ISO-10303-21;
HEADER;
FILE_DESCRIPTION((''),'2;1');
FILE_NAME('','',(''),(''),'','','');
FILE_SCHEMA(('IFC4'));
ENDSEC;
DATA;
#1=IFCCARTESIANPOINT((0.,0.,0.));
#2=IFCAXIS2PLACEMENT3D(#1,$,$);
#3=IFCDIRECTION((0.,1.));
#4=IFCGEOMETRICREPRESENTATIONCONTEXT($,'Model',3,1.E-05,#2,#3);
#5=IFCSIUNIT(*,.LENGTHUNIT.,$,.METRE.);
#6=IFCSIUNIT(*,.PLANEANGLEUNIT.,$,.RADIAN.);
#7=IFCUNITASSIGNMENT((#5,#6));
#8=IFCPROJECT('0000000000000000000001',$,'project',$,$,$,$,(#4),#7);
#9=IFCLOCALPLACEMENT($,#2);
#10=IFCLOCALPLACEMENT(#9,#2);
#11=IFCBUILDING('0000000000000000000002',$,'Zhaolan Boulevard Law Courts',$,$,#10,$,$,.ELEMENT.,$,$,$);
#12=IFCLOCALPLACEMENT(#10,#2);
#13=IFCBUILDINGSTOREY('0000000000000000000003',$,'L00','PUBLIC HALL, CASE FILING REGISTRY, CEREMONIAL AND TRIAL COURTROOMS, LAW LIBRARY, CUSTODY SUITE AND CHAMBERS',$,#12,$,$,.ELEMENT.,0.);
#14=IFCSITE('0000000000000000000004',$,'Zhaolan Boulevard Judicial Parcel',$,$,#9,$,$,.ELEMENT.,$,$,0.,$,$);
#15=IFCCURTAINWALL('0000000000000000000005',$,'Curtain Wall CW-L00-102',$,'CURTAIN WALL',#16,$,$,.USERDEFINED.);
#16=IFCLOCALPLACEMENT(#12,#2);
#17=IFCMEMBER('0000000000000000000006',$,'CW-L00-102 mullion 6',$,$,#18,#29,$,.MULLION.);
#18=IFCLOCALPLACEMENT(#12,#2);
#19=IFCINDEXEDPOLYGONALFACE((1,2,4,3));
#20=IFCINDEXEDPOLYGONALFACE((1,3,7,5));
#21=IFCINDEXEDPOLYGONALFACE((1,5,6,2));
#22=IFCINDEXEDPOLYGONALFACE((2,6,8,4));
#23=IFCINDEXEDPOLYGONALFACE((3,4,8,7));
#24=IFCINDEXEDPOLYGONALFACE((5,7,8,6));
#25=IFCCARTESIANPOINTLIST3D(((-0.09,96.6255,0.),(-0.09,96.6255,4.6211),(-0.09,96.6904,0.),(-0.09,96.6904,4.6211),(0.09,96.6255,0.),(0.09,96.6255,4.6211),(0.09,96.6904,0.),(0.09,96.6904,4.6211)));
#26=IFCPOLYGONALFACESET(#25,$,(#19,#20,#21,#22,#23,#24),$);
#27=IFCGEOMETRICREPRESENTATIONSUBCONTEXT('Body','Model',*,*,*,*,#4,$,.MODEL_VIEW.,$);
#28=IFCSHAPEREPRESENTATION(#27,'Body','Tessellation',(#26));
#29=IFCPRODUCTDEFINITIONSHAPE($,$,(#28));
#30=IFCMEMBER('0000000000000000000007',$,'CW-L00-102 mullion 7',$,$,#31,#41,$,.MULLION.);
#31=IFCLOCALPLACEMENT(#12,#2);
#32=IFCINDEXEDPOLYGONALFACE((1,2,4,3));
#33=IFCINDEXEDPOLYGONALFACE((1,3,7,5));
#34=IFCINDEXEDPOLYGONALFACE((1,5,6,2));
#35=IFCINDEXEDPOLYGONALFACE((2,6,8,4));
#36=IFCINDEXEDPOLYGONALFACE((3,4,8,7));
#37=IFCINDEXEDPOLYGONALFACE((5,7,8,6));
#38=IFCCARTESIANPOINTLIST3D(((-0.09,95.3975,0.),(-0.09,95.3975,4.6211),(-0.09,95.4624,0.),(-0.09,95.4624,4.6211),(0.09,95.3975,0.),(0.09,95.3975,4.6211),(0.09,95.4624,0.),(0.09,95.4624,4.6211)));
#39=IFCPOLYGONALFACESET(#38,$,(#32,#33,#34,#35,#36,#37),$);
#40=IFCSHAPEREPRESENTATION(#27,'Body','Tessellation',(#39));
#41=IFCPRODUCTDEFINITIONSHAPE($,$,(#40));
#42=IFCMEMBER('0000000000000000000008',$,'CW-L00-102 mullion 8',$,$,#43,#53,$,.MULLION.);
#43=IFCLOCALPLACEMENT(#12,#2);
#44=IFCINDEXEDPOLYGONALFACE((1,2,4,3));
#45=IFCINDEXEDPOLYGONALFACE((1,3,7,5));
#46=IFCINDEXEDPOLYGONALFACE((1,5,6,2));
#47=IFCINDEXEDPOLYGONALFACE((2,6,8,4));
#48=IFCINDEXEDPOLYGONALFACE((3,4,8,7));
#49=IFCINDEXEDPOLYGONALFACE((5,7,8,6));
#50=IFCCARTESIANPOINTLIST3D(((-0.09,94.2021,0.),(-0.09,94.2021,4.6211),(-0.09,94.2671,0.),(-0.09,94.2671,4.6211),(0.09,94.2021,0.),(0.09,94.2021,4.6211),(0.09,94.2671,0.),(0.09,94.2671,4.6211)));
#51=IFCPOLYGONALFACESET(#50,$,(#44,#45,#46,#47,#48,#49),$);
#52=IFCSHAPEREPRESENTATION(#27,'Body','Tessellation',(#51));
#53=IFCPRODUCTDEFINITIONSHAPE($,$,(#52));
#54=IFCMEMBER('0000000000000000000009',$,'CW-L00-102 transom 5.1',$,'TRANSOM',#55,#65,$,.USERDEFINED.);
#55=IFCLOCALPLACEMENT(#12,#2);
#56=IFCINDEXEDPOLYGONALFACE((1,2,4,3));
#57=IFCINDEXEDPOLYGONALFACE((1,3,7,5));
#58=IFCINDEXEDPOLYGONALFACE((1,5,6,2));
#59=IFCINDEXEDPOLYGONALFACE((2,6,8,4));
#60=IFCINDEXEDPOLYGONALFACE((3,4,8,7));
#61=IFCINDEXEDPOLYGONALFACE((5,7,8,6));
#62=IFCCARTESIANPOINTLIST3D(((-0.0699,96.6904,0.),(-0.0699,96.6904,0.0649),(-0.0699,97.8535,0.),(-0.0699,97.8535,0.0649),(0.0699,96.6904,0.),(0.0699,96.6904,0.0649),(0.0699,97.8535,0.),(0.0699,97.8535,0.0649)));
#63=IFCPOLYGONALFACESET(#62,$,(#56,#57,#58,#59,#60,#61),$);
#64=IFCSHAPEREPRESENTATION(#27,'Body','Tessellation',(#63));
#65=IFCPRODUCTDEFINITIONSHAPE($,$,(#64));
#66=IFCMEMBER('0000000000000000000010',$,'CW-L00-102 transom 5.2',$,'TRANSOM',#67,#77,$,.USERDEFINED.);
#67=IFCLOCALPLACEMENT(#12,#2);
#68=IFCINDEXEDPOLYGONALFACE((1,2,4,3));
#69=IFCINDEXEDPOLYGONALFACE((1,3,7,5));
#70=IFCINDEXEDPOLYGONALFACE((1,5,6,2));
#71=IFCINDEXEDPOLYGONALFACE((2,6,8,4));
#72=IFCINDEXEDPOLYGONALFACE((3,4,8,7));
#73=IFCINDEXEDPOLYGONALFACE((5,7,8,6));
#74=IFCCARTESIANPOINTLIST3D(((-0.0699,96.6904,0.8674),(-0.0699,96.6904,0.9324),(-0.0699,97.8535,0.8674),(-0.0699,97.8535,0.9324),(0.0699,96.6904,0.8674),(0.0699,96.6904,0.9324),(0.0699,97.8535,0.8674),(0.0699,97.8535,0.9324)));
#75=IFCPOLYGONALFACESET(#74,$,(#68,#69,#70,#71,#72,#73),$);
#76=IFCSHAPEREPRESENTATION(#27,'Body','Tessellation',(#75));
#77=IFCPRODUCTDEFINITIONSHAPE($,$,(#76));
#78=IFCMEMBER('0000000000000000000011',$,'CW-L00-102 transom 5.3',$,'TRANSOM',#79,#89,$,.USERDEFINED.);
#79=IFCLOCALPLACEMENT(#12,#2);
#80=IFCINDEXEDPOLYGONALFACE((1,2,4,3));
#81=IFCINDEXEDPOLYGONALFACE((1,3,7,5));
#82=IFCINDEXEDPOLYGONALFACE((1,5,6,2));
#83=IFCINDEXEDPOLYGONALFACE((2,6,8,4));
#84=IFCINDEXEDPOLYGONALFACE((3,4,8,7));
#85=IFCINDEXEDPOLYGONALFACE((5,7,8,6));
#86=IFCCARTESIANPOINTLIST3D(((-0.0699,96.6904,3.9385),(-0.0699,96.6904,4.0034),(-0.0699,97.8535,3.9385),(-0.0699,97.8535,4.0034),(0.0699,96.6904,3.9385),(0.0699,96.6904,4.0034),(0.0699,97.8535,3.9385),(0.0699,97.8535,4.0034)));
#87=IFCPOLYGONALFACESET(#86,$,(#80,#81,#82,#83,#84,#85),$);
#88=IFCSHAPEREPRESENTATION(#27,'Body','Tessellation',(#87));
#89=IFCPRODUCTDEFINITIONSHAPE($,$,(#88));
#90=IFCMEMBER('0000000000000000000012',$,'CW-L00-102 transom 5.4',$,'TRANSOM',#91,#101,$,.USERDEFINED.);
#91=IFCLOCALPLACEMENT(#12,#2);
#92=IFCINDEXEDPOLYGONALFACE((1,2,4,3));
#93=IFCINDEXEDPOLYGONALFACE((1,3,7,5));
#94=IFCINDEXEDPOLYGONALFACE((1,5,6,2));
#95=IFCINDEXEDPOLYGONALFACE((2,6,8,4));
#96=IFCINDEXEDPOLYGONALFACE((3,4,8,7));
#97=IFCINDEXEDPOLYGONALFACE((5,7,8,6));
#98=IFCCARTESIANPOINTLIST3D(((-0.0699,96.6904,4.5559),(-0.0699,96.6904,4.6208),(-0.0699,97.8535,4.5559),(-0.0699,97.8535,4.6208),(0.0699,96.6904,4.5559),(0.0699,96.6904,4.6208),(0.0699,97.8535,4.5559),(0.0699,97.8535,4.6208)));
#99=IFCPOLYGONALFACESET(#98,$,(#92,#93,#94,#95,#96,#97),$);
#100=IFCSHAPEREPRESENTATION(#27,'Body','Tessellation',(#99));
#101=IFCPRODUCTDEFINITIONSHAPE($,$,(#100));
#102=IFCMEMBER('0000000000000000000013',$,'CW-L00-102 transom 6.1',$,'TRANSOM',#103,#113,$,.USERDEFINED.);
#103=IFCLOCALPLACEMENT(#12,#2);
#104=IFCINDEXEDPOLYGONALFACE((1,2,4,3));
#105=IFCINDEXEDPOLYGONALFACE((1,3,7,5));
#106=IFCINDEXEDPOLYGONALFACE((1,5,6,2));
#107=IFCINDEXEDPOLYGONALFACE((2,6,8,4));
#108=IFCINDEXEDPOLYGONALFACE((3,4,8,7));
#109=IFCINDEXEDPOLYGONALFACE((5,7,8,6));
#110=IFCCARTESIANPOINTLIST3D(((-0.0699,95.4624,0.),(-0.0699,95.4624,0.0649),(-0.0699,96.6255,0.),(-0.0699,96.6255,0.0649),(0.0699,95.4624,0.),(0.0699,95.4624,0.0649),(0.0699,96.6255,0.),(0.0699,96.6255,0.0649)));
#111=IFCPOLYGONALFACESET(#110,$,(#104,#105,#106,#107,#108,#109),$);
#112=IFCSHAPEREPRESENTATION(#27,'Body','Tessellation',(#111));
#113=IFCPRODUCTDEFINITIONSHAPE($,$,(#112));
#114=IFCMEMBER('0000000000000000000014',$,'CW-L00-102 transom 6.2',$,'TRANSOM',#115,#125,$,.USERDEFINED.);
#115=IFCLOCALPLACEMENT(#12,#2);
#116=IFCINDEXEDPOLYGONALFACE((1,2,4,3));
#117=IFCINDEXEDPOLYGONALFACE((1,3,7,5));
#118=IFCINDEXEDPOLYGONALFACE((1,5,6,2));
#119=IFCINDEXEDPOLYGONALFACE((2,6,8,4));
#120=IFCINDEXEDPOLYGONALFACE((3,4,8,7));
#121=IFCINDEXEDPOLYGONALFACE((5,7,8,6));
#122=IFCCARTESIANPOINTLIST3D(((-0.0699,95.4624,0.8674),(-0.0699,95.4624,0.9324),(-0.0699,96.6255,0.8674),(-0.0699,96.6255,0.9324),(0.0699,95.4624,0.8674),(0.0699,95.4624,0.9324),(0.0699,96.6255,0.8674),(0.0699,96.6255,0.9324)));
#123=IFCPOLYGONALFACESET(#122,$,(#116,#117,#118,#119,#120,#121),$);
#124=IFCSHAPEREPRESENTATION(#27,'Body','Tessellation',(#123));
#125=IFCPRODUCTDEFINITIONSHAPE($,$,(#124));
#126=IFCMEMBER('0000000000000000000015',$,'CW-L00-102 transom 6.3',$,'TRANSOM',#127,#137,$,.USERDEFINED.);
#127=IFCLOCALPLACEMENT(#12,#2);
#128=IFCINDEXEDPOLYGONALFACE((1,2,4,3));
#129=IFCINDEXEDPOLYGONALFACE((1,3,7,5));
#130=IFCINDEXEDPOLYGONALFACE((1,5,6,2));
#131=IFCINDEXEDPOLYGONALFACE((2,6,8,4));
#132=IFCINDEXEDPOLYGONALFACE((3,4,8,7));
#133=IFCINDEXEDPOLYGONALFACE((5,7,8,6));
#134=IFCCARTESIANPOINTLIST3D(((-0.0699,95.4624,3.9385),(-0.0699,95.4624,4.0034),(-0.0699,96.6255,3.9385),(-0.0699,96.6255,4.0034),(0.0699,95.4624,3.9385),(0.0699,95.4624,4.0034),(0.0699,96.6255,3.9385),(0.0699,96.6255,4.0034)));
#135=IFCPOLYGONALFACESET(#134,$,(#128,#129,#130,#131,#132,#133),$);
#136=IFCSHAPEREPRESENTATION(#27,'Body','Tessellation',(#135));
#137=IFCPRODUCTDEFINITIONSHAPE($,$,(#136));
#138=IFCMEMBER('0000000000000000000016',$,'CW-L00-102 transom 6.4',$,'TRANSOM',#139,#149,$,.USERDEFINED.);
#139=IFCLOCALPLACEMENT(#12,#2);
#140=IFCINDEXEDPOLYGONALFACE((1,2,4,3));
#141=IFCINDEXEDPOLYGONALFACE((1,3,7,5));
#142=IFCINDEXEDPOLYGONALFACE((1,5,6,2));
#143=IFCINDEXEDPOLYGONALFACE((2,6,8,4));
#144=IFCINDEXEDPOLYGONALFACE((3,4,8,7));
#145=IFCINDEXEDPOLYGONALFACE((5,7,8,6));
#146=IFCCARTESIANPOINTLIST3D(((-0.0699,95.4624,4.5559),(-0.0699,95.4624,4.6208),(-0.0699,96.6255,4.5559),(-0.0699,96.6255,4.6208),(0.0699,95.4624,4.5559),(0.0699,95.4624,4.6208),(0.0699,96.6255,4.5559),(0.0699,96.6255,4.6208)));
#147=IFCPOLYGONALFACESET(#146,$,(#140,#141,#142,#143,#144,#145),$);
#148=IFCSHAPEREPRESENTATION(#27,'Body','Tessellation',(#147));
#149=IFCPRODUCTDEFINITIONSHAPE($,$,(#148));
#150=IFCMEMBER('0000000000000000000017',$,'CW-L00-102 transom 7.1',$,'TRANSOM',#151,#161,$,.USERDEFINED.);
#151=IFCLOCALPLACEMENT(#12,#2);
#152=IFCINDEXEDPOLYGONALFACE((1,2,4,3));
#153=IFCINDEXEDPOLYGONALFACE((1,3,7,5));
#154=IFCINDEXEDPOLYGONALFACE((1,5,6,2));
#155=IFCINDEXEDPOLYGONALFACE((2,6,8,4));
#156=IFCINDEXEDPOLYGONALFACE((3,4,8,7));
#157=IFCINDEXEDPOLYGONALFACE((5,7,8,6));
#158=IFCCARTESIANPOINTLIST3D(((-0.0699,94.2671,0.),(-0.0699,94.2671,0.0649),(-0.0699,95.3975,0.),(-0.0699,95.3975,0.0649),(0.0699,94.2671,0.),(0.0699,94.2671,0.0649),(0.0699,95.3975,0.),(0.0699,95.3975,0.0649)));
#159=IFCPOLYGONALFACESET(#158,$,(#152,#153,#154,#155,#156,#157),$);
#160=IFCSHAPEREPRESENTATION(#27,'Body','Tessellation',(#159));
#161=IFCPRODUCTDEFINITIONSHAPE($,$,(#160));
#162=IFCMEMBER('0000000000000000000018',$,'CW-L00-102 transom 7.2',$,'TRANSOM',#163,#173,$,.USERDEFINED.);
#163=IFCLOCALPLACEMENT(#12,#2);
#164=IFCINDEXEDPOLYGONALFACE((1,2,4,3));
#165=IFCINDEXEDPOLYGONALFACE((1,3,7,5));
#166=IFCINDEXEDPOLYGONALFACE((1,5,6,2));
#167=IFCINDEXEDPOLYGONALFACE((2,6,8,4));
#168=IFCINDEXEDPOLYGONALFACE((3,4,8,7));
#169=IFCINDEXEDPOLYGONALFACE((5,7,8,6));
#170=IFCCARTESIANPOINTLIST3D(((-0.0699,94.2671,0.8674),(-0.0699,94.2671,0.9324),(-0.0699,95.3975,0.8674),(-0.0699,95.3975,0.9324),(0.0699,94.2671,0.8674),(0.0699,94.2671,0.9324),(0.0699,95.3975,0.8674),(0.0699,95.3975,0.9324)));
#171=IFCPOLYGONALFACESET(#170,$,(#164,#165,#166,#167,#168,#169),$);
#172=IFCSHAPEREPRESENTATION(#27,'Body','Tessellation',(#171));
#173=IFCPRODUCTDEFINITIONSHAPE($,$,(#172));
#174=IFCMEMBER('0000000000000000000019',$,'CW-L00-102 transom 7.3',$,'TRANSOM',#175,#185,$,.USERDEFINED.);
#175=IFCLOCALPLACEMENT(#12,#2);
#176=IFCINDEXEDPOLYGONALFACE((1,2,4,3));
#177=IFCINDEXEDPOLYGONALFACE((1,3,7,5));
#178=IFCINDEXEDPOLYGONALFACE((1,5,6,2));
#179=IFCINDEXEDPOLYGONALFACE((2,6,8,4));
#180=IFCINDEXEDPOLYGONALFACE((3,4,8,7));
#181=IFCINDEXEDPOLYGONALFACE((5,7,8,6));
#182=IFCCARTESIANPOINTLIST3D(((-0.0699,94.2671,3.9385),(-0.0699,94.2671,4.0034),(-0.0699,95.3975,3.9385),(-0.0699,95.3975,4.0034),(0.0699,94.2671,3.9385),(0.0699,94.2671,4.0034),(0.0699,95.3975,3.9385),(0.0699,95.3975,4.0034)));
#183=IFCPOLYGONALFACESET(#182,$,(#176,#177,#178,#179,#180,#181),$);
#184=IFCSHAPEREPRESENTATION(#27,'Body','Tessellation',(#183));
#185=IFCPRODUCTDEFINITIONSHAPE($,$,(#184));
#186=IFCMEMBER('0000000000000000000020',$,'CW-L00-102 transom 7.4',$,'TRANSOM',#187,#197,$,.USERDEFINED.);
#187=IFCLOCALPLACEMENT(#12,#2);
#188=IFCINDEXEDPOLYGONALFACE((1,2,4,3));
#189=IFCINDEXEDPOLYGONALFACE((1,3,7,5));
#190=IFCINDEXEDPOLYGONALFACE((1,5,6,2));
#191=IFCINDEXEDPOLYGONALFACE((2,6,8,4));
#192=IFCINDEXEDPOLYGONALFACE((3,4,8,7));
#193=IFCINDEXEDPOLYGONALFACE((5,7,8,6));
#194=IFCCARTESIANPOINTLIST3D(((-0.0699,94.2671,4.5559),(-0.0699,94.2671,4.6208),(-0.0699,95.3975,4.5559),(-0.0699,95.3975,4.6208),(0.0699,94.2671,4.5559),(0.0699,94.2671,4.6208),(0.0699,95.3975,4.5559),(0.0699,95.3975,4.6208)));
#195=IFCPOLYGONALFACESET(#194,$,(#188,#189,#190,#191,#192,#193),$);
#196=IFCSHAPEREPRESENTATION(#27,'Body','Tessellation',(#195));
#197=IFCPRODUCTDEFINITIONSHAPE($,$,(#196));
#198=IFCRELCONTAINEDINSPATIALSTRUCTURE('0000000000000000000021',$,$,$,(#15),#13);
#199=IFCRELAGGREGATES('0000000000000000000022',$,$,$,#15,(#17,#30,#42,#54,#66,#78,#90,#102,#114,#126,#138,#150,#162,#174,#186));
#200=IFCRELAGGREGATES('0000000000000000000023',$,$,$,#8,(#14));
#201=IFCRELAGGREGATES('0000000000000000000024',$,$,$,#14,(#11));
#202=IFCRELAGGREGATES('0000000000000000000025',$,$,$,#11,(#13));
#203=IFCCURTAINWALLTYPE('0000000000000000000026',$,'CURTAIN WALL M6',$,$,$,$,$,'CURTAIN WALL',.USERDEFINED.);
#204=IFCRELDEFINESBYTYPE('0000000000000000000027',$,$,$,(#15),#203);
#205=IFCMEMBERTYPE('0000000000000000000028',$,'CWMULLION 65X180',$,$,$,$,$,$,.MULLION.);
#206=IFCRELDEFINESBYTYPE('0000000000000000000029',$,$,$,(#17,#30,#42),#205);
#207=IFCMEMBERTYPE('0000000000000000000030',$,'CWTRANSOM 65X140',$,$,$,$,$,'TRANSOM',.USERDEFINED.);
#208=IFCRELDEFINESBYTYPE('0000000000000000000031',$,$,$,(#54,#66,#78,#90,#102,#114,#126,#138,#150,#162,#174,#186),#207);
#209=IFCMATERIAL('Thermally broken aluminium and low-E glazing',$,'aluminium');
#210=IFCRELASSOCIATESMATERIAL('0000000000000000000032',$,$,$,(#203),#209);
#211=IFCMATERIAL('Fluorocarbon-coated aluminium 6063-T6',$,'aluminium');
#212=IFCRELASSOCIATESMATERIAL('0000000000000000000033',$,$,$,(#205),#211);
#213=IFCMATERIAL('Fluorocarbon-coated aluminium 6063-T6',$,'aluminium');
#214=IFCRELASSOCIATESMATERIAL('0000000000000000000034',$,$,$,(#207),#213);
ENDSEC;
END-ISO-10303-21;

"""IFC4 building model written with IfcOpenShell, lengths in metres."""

from ifc_helpers import new_model, si_unit, direction, frame, origin, origin_2d, place, context, subcontext, project, spatial, rectangle, extrude, material, material_profile, profile_set, type_object, element, aggregate, save


model = new_model("IFC4")

# Units and contexts
model_context = context("Model", 3, precision=1e-05, world=origin(), true_north=direction((0.0, 1.0)))
body_context = subcontext(model_context, "Body", "Model", "MODEL_VIEW")
ifc_project = project(units=[si_unit("LENGTHUNIT", "METRE"), si_unit("PLANEANGLEUNIT", "RADIAN")], contexts=[model_context])

# Site, building, storey
site_placement = place(None, origin())
site = spatial("IfcSite", under=ifc_project, at=site_placement, Name="Zhaolan Boulevard Judicial Parcel", CompositionType="ELEMENT", RefElevation=0.0)
building_placement = place(site_placement, origin())
building = spatial("IfcBuilding", under=site, at=building_placement, Name="Zhaolan Boulevard Law Courts", CompositionType="ELEMENT")
storey_placement = place(building_placement, origin())
storey = spatial("IfcBuildingStorey", under=building, at=storey_placement, Name="L00", Description="PUBLIC HALL, CASE FILING REGISTRY, CEREMONIAL AND TRIAL COURTROOMS, LAW LIBRARY, CUSTODY SUITE AND CHAMBERS", CompositionType="ELEMENT", Elevation=0.0)

# Curtain wall, members
ifc_material_1 = material(Name="Thermally broken aluminium and low-E glazing", Category="aluminium")
curtain_wall_type = type_object("IfcCurtainWallType", Name="CURTAIN WALL M6", ElementType="CURTAIN WALL", PredefinedType="USERDEFINED", material=ifc_material_1)
curtain_wall_placement = place(storey_placement, origin())
curtain_wall = element("IfcCurtainWall", 1, at=curtain_wall_placement, inside=storey, type_object=curtain_wall_type, Name="Curtain Wall CW-L00-102", ObjectType="CURTAIN WALL", PredefinedType="USERDEFINED")
ifc_material_2 = material(Name="Fluorocarbon-coated aluminium 6063-T6", Category="aluminium")
ifc_material_profile_1 = material_profile(ifc_material_2, rectangle(XDim=0.1799, YDim=0.0649, at=origin_2d()), Name="AL65x180")
ifc_profile_set_1 = profile_set([ifc_material_profile_1], Name="Fluorocarbon-coated aluminium 6063-T6")
member_type_1 = type_object("IfcMemberType", Name="CWMULLION 65X180", PredefinedType="MULLION", material=ifc_profile_set_1)
member_1_placement = place(storey_placement, frame((0.0, 96.658, 0.0), z_axis=(0.0, 0.0, 1.0), x_axis=(1.0, 0.0, 0.0)))
member_1 = element("IfcMember", 2, at=member_1_placement, type_object=member_type_1, Name="CW-L00-102 mullion 6", PredefinedType="MULLION", context=body_context, shape_type="SweptSolid", body=[
    extrude(rectangle(XDim=0.1799, YDim=0.0649, at=origin_2d()), origin(), (0.0, 0.0, 1.0), 4.6211),
])
member_2_placement = place(storey_placement, frame((0.0, 95.4299, 0.0), z_axis=(0.0, 0.0, 1.0), x_axis=(1.0, 0.0, 0.0)))
member_2 = element("IfcMember", 3, at=member_2_placement, type_object=member_type_1, Name="CW-L00-102 mullion 7", PredefinedType="MULLION", context=body_context, shape_type="SweptSolid", body=[
    extrude(rectangle(XDim=0.1799, YDim=0.0649, at=origin_2d()), origin(), (0.0, 0.0, 1.0), 4.6211),
])
member_3_placement = place(storey_placement, frame((0.0, 94.2346, 0.0), z_axis=(0.0, 0.0, 1.0), x_axis=(1.0, 0.0, 0.0)))
member_3 = element("IfcMember", 4, at=member_3_placement, type_object=member_type_1, Name="CW-L00-102 mullion 8", PredefinedType="MULLION", context=body_context, shape_type="SweptSolid", body=[
    extrude(rectangle(XDim=0.1799, YDim=0.0649, at=origin_2d()), origin(), (0.0, 0.0, 1.0), 4.6211),
])
ifc_material_3 = material(Name="Fluorocarbon-coated aluminium 6063-T6", Category="aluminium")
ifc_material_profile_2 = material_profile(ifc_material_3, rectangle(XDim=0.1399, YDim=0.0649, at=origin_2d()), Name="AL65x140")
ifc_profile_set_2 = profile_set([ifc_material_profile_2], Name="Fluorocarbon-coated aluminium 6063-T6")
member_type_2 = type_object("IfcMemberType", Name="CWTRANSOM 65X140", ElementType="TRANSOM", PredefinedType="USERDEFINED", material=ifc_profile_set_2)
member_4_placement = place(storey_placement, frame((0.0, 97.8535, 0.0325), z_axis=(0.0, -1.0, 0.0), x_axis=(1.0, 0.0, 0.0)))
member_4 = element("IfcMember", 5, at=member_4_placement, type_object=member_type_2, Name="CW-L00-102 transom 5.1", ObjectType="TRANSOM", PredefinedType="USERDEFINED", context=body_context, shape_type="SweptSolid", body=[
    extrude(rectangle(XDim=0.1399, YDim=0.0649, at=origin_2d()), origin(), (0.0, 0.0, 1.0), 1.1631),
])
member_5_placement = place(storey_placement, frame((0.0, 97.8535, 0.8999), z_axis=(0.0, -1.0, 0.0), x_axis=(1.0, 0.0, 0.0)))
member_5 = element("IfcMember", 6, at=member_5_placement, type_object=member_type_2, Name="CW-L00-102 transom 5.2", ObjectType="TRANSOM", PredefinedType="USERDEFINED", context=body_context, shape_type="SweptSolid", body=[
    extrude(rectangle(XDim=0.1399, YDim=0.0649, at=origin_2d()), origin(), (0.0, 0.0, 1.0), 1.1631),
])
member_6_placement = place(storey_placement, frame((0.0, 97.8535, 3.9709), z_axis=(0.0, -1.0, 0.0), x_axis=(1.0, 0.0, 0.0)))
member_6 = element("IfcMember", 7, at=member_6_placement, type_object=member_type_2, Name="CW-L00-102 transom 5.3", ObjectType="TRANSOM", PredefinedType="USERDEFINED", context=body_context, shape_type="SweptSolid", body=[
    extrude(rectangle(XDim=0.1399, YDim=0.0649, at=origin_2d()), origin(), (0.0, 0.0, 1.0), 1.1631),
])
member_7_placement = place(storey_placement, frame((0.0, 97.8535, 4.5884), z_axis=(0.0, -1.0, 0.0), x_axis=(1.0, 0.0, 0.0)))
member_7 = element("IfcMember", 8, at=member_7_placement, type_object=member_type_2, Name="CW-L00-102 transom 5.4", ObjectType="TRANSOM", PredefinedType="USERDEFINED", context=body_context, shape_type="SweptSolid", body=[
    extrude(rectangle(XDim=0.1399, YDim=0.0649, at=origin_2d()), origin(), (0.0, 0.0, 1.0), 1.1631),
])
member_8_placement = place(storey_placement, frame((0.0, 96.6255, 0.0325), z_axis=(0.0, -1.0, 0.0), x_axis=(1.0, 0.0, 0.0)))
member_8 = element("IfcMember", 9, at=member_8_placement, type_object=member_type_2, Name="CW-L00-102 transom 6.1", ObjectType="TRANSOM", PredefinedType="USERDEFINED", context=body_context, shape_type="SweptSolid", body=[
    extrude(rectangle(XDim=0.1399, YDim=0.0649, at=origin_2d()), origin(), (0.0, 0.0, 1.0), 1.1631),
])
member_9_placement = place(storey_placement, frame((0.0, 96.6255, 0.8999), z_axis=(0.0, -1.0, 0.0), x_axis=(1.0, 0.0, 0.0)))
member_9 = element("IfcMember", 10, at=member_9_placement, type_object=member_type_2, Name="CW-L00-102 transom 6.2", ObjectType="TRANSOM", PredefinedType="USERDEFINED", context=body_context, shape_type="SweptSolid", body=[
    extrude(rectangle(XDim=0.1399, YDim=0.0649, at=origin_2d()), origin(), (0.0, 0.0, 1.0), 1.1631),
])
member_10_placement = place(storey_placement, frame((0.0, 96.6255, 3.9709), z_axis=(0.0, -1.0, 0.0), x_axis=(1.0, 0.0, 0.0)))
member_10 = element("IfcMember", 11, at=member_10_placement, type_object=member_type_2, Name="CW-L00-102 transom 6.3", ObjectType="TRANSOM", PredefinedType="USERDEFINED", context=body_context, shape_type="SweptSolid", body=[
    extrude(rectangle(XDim=0.1399, YDim=0.0649, at=origin_2d()), origin(), (0.0, 0.0, 1.0), 1.1631),
])
member_11_placement = place(storey_placement, frame((0.0, 96.6255, 4.5884), z_axis=(0.0, -1.0, 0.0), x_axis=(1.0, 0.0, 0.0)))
member_11 = element("IfcMember", 12, at=member_11_placement, type_object=member_type_2, Name="CW-L00-102 transom 6.4", ObjectType="TRANSOM", PredefinedType="USERDEFINED", context=body_context, shape_type="SweptSolid", body=[
    extrude(rectangle(XDim=0.1399, YDim=0.0649, at=origin_2d()), origin(), (0.0, 0.0, 1.0), 1.1631),
])
member_12_placement = place(storey_placement, frame((0.0, 95.3975, 0.0325), z_axis=(0.0, -1.0, 0.0), x_axis=(1.0, 0.0, 0.0)))
member_12 = element("IfcMember", 13, at=member_12_placement, type_object=member_type_2, Name="CW-L00-102 transom 7.1", ObjectType="TRANSOM", PredefinedType="USERDEFINED", context=body_context, shape_type="SweptSolid", body=[
    extrude(rectangle(XDim=0.1399, YDim=0.0649, at=origin_2d()), origin(), (0.0, 0.0, 1.0), 1.1304),
])
member_13_placement = place(storey_placement, frame((0.0, 95.3975, 0.8999), z_axis=(0.0, -1.0, 0.0), x_axis=(1.0, 0.0, 0.0)))
member_13 = element("IfcMember", 14, at=member_13_placement, type_object=member_type_2, Name="CW-L00-102 transom 7.2", ObjectType="TRANSOM", PredefinedType="USERDEFINED", context=body_context, shape_type="SweptSolid", body=[
    extrude(rectangle(XDim=0.1399, YDim=0.0649, at=origin_2d()), origin(), (0.0, 0.0, 1.0), 1.1304),
])
member_14_placement = place(storey_placement, frame((0.0, 95.3975, 3.9709), z_axis=(0.0, -1.0, 0.0), x_axis=(1.0, 0.0, 0.0)))
member_14 = element("IfcMember", 15, at=member_14_placement, type_object=member_type_2, Name="CW-L00-102 transom 7.3", ObjectType="TRANSOM", PredefinedType="USERDEFINED", context=body_context, shape_type="SweptSolid", body=[
    extrude(rectangle(XDim=0.1399, YDim=0.0649, at=origin_2d()), origin(), (0.0, 0.0, 1.0), 1.1304),
])
member_15_placement = place(storey_placement, frame((0.0, 95.3975, 4.5884), z_axis=(0.0, -1.0, 0.0), x_axis=(1.0, 0.0, 0.0)))
member_15 = element("IfcMember", 16, at=member_15_placement, type_object=member_type_2, Name="CW-L00-102 transom 7.4", ObjectType="TRANSOM", PredefinedType="USERDEFINED", context=body_context, shape_type="SweptSolid", body=[
    extrude(rectangle(XDim=0.1399, YDim=0.0649, at=origin_2d()), origin(), (0.0, 0.0, 1.0), 1.1304),
])
aggregate(curtain_wall, [member_1, member_2, member_3, member_4, member_5, member_6, member_7, member_8, member_9, member_10, member_11, member_12, member_13, member_14, member_15])

save(model, "model.ifc")
